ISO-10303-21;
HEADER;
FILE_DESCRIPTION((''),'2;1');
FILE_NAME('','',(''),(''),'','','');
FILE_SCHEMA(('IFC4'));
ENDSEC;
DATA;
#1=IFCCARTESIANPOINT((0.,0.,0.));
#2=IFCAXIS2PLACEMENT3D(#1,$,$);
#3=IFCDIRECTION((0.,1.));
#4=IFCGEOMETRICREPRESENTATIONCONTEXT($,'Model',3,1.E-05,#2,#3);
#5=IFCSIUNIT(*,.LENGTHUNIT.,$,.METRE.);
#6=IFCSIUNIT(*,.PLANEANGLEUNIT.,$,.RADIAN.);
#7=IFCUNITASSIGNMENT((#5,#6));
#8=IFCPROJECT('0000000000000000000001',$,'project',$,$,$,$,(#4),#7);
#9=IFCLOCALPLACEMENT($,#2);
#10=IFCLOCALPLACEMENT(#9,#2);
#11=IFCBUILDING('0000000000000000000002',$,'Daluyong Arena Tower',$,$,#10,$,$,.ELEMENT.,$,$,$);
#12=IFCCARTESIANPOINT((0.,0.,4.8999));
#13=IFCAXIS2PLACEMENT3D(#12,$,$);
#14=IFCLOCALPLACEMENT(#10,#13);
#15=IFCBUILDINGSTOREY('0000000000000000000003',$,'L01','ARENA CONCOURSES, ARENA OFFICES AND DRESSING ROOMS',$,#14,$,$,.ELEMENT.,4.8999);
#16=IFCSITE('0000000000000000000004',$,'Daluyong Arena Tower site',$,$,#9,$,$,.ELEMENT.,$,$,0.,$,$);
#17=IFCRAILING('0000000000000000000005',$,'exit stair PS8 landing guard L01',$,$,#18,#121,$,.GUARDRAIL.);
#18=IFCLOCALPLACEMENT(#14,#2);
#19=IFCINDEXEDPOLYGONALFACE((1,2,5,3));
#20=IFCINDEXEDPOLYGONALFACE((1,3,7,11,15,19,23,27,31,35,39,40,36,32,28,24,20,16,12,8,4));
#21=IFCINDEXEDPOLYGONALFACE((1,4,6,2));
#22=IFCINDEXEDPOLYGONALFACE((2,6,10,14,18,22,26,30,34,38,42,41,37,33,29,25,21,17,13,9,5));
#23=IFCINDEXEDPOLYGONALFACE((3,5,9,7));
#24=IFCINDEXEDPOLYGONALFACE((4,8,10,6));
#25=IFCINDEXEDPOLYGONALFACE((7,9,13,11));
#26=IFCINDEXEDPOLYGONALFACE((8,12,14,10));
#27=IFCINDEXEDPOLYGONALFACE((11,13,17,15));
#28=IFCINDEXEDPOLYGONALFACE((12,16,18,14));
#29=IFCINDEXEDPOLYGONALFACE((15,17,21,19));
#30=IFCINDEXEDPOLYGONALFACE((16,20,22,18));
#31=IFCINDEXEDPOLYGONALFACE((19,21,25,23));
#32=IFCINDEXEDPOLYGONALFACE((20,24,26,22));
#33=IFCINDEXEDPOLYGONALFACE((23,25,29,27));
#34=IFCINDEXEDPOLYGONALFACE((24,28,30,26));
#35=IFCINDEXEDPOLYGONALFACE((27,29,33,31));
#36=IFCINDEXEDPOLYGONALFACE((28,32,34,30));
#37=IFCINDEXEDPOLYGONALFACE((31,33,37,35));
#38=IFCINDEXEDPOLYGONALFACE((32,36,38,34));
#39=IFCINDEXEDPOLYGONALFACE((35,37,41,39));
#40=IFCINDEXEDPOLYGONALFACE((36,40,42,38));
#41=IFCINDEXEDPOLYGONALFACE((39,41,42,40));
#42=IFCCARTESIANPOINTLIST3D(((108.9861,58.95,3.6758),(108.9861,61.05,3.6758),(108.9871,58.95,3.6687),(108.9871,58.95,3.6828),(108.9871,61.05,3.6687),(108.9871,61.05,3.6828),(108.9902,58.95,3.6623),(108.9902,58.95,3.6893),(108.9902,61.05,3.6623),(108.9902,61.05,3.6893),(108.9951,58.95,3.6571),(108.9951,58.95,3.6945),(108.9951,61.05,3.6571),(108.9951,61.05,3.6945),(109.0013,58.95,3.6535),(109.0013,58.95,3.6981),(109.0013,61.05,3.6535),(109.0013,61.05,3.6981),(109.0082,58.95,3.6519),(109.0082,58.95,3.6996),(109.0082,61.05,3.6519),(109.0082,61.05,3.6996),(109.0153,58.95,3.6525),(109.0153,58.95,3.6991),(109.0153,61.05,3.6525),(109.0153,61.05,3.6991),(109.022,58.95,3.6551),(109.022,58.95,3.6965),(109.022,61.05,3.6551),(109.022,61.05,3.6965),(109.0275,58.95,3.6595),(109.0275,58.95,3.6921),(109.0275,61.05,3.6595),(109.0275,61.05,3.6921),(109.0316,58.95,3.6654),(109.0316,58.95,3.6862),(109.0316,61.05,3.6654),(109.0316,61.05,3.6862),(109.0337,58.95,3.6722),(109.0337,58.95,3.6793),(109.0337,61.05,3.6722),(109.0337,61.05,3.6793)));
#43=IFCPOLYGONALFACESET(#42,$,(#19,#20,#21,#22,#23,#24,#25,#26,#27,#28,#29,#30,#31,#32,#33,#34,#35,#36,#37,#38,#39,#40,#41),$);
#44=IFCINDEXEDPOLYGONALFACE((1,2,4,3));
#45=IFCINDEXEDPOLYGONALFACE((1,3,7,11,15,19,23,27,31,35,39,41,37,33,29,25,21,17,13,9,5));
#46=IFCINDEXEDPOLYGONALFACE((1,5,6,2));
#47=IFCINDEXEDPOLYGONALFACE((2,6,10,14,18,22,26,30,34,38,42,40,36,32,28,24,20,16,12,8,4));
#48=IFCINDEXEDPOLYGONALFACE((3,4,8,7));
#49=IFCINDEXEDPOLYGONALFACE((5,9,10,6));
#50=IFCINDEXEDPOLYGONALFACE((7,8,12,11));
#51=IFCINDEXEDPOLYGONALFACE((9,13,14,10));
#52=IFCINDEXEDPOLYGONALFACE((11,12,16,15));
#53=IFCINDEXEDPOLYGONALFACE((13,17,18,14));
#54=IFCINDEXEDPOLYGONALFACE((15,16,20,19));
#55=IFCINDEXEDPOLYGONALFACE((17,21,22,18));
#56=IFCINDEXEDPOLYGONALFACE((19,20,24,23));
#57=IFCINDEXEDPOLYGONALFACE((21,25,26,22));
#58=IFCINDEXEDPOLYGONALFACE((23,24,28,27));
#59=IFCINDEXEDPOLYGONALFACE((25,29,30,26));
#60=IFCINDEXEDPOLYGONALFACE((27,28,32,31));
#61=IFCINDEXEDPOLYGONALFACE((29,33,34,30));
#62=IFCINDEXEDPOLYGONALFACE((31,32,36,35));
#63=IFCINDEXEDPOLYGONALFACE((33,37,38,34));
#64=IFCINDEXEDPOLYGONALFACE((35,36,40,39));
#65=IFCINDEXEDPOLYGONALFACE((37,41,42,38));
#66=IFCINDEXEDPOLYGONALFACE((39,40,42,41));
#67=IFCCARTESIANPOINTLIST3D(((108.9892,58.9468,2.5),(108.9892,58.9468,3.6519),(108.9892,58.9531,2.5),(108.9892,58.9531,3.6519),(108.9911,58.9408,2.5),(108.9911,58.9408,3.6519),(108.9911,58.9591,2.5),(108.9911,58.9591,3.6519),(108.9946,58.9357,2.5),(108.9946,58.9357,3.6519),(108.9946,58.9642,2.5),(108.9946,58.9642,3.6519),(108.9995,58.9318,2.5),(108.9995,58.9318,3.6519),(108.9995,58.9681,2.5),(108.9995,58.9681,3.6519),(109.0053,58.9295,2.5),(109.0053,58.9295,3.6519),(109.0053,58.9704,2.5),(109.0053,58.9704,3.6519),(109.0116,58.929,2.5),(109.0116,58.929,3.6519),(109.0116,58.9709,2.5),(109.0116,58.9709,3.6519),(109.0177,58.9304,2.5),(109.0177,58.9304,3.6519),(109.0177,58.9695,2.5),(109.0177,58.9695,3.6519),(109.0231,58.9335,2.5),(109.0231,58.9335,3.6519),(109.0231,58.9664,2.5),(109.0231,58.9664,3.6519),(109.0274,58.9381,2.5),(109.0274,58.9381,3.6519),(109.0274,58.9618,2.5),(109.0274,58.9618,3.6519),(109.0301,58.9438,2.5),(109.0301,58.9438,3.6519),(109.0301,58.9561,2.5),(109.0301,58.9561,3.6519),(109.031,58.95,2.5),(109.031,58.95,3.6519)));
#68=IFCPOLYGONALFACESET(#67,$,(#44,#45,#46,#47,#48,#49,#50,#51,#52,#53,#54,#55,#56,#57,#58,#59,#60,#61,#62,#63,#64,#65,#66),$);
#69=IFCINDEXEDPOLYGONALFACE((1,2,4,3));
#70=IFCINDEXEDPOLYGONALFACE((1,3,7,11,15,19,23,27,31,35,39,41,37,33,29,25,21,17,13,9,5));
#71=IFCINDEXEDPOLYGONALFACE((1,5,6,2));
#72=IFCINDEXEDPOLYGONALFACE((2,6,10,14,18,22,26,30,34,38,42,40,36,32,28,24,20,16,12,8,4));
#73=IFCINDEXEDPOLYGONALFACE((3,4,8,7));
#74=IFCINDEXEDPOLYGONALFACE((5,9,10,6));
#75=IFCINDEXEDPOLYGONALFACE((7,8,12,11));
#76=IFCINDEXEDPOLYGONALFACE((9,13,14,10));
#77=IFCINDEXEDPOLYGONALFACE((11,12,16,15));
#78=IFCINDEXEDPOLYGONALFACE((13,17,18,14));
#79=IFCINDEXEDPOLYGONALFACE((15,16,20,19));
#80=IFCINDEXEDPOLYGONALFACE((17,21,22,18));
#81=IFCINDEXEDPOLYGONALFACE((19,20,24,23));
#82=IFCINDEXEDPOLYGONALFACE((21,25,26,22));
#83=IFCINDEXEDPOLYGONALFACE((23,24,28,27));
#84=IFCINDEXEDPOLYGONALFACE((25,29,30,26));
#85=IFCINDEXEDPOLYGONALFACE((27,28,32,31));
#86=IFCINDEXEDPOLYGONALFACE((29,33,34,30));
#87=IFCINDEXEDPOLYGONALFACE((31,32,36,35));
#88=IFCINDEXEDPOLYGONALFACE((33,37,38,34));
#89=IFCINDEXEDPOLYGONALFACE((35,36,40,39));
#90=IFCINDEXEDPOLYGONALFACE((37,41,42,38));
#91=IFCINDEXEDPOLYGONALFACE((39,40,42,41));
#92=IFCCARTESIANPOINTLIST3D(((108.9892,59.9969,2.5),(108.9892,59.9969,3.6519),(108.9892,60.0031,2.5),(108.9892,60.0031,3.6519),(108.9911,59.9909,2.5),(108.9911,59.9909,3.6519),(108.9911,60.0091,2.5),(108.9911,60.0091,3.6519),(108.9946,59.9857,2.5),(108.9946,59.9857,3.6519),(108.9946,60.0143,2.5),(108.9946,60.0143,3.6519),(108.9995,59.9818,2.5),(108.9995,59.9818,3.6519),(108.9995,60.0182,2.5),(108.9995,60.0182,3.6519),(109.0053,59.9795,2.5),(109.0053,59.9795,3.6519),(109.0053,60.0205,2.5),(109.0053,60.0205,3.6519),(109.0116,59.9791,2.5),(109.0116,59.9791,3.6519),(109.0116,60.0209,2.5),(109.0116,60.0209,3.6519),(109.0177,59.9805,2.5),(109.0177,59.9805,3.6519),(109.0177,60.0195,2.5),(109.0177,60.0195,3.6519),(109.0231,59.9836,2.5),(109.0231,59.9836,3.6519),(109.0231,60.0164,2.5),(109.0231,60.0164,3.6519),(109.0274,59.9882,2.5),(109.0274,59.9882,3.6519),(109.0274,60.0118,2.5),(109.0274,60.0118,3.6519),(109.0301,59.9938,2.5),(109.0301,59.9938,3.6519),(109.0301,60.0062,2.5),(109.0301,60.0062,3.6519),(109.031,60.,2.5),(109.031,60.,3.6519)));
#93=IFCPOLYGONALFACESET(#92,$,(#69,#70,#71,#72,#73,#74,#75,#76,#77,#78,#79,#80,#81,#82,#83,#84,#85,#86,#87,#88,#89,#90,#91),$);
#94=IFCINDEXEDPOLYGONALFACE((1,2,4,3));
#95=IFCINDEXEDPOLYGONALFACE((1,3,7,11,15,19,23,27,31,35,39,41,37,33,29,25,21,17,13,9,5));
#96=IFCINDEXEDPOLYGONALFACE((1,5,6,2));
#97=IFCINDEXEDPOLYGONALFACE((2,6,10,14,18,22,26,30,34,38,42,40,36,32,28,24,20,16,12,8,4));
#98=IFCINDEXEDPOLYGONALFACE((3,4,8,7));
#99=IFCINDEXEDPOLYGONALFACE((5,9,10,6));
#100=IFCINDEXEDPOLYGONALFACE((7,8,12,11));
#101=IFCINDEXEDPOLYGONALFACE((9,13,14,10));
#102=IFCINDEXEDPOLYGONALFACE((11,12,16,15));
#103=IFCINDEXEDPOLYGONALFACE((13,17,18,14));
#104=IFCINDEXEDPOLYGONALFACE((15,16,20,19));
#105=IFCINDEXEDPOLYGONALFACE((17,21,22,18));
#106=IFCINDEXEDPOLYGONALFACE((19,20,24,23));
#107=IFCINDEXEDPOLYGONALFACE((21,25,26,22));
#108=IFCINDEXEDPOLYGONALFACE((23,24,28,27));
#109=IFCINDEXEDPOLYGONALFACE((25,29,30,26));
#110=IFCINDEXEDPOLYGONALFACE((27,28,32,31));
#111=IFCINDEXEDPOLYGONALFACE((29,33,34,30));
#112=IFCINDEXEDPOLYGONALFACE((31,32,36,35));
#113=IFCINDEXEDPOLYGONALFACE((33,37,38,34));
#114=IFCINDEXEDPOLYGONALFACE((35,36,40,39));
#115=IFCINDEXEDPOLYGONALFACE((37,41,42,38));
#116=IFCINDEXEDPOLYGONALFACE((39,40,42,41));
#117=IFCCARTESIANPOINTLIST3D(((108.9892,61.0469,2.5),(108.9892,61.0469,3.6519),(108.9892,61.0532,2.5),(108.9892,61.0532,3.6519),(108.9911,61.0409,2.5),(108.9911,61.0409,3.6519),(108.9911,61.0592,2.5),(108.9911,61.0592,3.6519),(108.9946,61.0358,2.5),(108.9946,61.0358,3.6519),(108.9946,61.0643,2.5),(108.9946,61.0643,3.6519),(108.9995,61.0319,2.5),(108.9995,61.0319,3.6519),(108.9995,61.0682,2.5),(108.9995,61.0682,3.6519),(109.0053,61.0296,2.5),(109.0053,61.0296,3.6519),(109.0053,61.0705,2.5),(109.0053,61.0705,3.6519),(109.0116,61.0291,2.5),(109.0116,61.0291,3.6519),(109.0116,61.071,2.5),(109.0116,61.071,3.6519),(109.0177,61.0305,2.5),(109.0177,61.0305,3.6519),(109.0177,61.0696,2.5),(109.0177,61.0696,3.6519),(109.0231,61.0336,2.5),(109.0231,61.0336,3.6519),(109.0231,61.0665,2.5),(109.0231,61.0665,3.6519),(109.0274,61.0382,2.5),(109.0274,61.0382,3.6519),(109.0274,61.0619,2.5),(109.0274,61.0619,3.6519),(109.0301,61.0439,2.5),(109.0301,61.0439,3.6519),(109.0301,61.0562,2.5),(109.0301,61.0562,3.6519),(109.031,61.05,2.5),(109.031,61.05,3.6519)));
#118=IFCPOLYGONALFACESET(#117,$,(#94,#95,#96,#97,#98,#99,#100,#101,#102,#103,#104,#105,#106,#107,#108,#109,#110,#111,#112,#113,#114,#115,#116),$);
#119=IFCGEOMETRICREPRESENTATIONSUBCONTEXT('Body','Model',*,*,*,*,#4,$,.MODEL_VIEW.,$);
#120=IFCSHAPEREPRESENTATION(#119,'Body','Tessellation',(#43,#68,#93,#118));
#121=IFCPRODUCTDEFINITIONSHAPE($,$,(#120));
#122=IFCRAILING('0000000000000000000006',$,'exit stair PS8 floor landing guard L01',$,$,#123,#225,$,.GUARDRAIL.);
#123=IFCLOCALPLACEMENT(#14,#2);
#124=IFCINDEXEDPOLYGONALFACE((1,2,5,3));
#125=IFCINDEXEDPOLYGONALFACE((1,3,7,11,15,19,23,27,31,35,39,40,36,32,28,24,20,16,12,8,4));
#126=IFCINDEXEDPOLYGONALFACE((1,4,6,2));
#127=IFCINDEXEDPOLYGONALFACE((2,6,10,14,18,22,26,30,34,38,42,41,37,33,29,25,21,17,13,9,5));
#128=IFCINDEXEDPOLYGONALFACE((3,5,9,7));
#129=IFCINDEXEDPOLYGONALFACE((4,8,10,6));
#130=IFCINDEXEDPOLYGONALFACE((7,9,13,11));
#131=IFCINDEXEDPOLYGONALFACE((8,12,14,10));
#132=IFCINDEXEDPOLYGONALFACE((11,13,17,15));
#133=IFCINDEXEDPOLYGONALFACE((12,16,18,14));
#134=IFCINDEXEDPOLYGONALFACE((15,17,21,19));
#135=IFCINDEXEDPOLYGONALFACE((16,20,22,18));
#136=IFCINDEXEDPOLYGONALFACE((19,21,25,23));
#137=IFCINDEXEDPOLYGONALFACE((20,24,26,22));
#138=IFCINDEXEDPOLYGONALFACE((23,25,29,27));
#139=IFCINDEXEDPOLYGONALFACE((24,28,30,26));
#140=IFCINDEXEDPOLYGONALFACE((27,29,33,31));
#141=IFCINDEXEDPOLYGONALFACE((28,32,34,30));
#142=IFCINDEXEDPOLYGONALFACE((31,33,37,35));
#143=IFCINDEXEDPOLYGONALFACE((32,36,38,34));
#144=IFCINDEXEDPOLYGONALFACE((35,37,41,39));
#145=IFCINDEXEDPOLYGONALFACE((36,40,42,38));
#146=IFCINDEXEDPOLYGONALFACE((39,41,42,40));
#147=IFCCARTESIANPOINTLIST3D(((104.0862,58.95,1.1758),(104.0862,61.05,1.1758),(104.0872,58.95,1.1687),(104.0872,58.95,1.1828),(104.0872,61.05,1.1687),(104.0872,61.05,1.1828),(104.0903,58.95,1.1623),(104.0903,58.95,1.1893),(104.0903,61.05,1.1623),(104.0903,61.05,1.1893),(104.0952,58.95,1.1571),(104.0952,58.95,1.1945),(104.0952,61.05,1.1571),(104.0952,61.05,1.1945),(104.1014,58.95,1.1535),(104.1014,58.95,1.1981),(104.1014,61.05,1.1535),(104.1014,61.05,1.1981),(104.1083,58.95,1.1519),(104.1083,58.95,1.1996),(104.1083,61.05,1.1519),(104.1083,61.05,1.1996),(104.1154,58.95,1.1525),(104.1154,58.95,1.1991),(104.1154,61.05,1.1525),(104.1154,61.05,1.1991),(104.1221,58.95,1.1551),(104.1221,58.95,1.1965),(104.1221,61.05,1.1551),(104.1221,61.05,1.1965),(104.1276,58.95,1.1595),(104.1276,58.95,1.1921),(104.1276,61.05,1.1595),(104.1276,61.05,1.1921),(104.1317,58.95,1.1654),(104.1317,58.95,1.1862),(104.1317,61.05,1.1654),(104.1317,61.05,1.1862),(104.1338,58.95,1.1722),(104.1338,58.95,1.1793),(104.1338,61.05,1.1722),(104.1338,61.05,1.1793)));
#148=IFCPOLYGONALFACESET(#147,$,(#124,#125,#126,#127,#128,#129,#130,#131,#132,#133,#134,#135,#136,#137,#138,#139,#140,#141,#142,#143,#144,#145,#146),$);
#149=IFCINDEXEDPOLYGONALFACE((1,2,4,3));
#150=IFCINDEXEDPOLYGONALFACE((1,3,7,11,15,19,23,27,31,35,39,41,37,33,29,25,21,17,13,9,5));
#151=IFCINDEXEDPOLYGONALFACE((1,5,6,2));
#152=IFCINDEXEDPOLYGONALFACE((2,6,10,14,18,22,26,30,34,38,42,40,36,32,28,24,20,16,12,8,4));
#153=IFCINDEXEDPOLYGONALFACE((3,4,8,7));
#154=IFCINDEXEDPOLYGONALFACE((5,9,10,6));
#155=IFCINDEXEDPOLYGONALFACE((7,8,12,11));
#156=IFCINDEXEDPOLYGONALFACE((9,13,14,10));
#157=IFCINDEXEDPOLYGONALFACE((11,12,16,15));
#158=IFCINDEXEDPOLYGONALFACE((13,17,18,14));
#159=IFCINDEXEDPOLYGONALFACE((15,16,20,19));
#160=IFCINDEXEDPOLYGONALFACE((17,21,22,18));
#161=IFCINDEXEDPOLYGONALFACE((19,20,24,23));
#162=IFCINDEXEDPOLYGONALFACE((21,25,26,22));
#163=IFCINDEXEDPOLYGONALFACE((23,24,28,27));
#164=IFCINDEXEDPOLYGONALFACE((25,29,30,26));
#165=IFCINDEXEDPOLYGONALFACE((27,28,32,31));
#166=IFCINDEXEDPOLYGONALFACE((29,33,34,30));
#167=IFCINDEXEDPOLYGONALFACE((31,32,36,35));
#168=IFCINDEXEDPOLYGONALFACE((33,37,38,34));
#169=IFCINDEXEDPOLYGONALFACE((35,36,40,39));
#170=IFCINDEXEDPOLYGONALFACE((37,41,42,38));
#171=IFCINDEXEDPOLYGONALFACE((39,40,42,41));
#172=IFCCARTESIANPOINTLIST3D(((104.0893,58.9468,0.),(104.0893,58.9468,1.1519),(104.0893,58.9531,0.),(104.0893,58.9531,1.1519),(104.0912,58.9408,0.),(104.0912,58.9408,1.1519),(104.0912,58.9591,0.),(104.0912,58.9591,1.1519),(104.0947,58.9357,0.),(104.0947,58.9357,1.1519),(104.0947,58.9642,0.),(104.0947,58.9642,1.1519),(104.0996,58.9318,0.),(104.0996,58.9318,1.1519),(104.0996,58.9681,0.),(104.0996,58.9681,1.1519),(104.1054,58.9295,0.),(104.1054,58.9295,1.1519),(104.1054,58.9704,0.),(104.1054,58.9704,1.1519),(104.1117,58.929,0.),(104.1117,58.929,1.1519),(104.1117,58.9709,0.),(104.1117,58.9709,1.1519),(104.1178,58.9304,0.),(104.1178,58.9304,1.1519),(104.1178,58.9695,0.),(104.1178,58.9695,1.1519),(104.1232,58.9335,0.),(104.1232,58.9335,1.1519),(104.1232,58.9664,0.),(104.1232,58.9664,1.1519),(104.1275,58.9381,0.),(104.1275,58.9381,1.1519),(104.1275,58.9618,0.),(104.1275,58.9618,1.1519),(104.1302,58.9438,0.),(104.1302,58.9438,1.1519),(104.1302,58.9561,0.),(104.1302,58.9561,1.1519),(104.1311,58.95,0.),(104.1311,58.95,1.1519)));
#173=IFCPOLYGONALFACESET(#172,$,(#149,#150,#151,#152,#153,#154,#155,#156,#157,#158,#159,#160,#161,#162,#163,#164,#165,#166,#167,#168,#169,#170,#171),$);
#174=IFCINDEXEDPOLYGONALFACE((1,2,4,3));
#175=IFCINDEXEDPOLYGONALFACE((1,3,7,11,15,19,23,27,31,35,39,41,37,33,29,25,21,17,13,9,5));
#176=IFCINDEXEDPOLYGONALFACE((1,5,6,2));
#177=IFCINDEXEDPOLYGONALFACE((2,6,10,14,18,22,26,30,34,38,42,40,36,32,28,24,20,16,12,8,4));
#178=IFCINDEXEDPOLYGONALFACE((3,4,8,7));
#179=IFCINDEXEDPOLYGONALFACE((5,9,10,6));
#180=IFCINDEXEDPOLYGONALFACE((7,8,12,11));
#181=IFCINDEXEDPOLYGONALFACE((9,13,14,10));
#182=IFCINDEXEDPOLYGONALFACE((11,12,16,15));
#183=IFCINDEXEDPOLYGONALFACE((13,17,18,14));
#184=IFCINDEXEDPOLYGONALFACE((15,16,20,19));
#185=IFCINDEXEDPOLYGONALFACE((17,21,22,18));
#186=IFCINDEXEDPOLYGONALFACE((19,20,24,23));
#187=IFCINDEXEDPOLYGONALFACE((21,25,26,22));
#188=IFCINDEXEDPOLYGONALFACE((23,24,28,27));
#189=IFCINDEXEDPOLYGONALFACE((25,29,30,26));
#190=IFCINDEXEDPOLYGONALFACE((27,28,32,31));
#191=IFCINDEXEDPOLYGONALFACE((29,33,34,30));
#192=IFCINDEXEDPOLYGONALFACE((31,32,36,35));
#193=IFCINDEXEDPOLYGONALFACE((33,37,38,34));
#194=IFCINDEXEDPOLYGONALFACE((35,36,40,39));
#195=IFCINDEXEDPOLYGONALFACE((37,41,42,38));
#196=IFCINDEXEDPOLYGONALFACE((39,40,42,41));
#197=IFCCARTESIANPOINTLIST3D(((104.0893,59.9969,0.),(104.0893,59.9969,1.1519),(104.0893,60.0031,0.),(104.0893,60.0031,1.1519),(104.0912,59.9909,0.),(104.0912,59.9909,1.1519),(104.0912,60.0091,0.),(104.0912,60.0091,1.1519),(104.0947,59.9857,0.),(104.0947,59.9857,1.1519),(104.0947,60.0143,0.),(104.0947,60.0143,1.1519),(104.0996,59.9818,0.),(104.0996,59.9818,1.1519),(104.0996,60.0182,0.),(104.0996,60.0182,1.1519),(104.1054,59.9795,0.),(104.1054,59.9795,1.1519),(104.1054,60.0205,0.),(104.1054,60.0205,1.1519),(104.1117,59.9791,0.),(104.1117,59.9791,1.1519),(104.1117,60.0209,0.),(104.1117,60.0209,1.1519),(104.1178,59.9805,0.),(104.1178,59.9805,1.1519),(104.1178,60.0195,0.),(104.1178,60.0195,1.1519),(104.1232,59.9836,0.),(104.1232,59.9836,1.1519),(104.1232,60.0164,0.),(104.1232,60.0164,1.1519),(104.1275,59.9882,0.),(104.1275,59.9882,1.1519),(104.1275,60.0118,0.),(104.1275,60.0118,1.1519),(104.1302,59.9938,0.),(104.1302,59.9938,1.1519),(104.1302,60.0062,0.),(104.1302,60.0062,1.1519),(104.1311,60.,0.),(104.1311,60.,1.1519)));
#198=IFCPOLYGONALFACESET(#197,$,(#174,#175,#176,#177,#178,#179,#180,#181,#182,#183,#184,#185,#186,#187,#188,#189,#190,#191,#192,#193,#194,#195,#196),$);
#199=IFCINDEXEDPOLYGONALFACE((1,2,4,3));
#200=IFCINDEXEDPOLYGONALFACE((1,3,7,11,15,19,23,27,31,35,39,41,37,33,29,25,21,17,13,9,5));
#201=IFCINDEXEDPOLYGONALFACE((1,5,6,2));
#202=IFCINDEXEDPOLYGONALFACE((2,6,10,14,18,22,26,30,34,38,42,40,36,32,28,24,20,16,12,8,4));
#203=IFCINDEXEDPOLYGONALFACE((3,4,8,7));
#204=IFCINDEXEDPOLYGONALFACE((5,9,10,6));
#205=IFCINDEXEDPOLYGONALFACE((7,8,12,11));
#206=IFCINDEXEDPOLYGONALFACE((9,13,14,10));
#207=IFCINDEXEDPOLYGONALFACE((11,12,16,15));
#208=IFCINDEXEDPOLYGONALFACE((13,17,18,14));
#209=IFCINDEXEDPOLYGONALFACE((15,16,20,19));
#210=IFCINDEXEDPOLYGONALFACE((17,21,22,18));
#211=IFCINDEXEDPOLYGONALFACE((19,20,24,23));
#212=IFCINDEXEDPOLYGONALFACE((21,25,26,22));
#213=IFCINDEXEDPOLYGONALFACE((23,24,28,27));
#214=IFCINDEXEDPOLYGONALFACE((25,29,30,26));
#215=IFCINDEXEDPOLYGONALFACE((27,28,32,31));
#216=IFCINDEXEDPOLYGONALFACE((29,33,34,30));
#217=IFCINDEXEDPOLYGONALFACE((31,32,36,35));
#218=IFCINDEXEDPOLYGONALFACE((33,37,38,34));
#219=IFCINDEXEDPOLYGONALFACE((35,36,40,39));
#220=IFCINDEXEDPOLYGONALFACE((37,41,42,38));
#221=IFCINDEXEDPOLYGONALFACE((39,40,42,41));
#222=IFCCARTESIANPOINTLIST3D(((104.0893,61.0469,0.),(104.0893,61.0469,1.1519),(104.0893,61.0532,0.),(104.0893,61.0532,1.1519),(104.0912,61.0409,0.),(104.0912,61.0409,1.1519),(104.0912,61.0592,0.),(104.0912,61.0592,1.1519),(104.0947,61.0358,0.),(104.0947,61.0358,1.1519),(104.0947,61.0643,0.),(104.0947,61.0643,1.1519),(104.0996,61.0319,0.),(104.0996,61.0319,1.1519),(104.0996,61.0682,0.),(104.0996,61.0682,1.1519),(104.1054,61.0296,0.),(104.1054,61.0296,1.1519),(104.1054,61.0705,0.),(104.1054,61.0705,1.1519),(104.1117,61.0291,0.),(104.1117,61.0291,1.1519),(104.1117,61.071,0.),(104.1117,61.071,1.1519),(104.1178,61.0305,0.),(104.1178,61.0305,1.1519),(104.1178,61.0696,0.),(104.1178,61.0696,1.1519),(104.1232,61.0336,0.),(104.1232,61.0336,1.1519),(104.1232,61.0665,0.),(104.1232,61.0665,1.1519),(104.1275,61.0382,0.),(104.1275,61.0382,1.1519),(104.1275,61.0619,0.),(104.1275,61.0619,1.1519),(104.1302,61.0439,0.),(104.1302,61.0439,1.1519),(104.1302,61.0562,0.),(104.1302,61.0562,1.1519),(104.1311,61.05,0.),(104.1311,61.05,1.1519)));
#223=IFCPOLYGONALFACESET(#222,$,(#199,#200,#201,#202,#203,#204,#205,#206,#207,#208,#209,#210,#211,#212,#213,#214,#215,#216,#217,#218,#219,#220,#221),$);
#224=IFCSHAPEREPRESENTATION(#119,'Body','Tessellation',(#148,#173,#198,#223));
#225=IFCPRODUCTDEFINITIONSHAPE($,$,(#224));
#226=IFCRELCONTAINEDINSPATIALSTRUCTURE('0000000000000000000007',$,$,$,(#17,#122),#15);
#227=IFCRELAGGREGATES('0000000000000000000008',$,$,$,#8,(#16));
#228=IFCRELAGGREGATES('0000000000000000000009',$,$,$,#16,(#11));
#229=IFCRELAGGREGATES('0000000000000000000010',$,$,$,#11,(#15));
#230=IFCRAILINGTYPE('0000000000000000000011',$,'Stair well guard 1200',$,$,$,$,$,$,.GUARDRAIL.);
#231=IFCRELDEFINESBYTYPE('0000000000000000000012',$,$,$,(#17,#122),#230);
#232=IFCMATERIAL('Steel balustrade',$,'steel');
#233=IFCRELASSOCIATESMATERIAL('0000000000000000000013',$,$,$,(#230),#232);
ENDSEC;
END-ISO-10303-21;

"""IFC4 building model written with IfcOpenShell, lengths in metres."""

from ifc_helpers import new_model, si_unit, direction, frame, origin, origin_2d, place, context, subcontext, project, spatial, circle, extrude, material, type_object, element, save


model = new_model("IFC4")

# Units and contexts
model_context = context("Model", 3, precision=1e-05, world=origin(), true_north=direction((0.0, 1.0)))
body_context = subcontext(model_context, "Body", "Model", "MODEL_VIEW")
ifc_project = project(units=[si_unit("LENGTHUNIT", "METRE"), si_unit("PLANEANGLEUNIT", "RADIAN")], contexts=[model_context])

# Site, building, storey
site_placement = place(None, origin())
site = spatial("IfcSite", under=ifc_project, at=site_placement, Name="Daluyong Arena Tower site", CompositionType="ELEMENT", RefElevation=0.0)
building_placement = place(site_placement, origin())
building = spatial("IfcBuilding", under=site, at=building_placement, Name="Daluyong Arena Tower", CompositionType="ELEMENT")
storey_placement = place(building_placement, frame((0.0, 0.0, 4.8999)))
storey = spatial("IfcBuildingStorey", under=building, at=storey_placement, Name="L01", Description="ARENA CONCOURSES, ARENA OFFICES AND DRESSING ROOMS", CompositionType="ELEMENT", Elevation=4.8999)

# Railings
ifc_material_1 = material(Name="Steel balustrade", Category="steel")
railing_type_1 = type_object("IfcRailingType", Name="Stair well guard 1200", PredefinedType="GUARDRAIL", material=ifc_material_1)
for number, where, name in (
    (1, (109.01, 58.95, 2.5), "exit stair PS8 landing guard L01"),
    (2, (104.1101, 58.95, 0.0), "exit stair PS8 floor landing guard L01"),
):
    element("IfcRailing", number, at=place(storey_placement, frame(where)), inside=storey, type_object=railing_type_1, Name=name, PredefinedType="GUARDRAIL", context=body_context, shape_type="SweptSolid", body=[
        extrude(circle(Radius=0.0239, at=origin_2d()), frame((0.0, 0.0, 1.1758), z_axis=(0.0, 1.0, 0.0), x_axis=(-1.0, 0.0, 0.0)), (0.0, 0.0, 1.0), 2.1001),
        extrude(circle(Radius=0.021, at=origin_2d()), origin(), (0.0, 0.0, 1.0), 1.1519),
        extrude(circle(Radius=0.021, at=origin_2d()), frame((0.0, 1.05, 0.0)), (0.0, 0.0, 1.0), 1.1519),
        extrude(circle(Radius=0.021, at=origin_2d()), frame((0.0, 2.1001, 0.0)), (0.0, 0.0, 1.0), 1.1519),
    ])

save(model, "model.ifc")
